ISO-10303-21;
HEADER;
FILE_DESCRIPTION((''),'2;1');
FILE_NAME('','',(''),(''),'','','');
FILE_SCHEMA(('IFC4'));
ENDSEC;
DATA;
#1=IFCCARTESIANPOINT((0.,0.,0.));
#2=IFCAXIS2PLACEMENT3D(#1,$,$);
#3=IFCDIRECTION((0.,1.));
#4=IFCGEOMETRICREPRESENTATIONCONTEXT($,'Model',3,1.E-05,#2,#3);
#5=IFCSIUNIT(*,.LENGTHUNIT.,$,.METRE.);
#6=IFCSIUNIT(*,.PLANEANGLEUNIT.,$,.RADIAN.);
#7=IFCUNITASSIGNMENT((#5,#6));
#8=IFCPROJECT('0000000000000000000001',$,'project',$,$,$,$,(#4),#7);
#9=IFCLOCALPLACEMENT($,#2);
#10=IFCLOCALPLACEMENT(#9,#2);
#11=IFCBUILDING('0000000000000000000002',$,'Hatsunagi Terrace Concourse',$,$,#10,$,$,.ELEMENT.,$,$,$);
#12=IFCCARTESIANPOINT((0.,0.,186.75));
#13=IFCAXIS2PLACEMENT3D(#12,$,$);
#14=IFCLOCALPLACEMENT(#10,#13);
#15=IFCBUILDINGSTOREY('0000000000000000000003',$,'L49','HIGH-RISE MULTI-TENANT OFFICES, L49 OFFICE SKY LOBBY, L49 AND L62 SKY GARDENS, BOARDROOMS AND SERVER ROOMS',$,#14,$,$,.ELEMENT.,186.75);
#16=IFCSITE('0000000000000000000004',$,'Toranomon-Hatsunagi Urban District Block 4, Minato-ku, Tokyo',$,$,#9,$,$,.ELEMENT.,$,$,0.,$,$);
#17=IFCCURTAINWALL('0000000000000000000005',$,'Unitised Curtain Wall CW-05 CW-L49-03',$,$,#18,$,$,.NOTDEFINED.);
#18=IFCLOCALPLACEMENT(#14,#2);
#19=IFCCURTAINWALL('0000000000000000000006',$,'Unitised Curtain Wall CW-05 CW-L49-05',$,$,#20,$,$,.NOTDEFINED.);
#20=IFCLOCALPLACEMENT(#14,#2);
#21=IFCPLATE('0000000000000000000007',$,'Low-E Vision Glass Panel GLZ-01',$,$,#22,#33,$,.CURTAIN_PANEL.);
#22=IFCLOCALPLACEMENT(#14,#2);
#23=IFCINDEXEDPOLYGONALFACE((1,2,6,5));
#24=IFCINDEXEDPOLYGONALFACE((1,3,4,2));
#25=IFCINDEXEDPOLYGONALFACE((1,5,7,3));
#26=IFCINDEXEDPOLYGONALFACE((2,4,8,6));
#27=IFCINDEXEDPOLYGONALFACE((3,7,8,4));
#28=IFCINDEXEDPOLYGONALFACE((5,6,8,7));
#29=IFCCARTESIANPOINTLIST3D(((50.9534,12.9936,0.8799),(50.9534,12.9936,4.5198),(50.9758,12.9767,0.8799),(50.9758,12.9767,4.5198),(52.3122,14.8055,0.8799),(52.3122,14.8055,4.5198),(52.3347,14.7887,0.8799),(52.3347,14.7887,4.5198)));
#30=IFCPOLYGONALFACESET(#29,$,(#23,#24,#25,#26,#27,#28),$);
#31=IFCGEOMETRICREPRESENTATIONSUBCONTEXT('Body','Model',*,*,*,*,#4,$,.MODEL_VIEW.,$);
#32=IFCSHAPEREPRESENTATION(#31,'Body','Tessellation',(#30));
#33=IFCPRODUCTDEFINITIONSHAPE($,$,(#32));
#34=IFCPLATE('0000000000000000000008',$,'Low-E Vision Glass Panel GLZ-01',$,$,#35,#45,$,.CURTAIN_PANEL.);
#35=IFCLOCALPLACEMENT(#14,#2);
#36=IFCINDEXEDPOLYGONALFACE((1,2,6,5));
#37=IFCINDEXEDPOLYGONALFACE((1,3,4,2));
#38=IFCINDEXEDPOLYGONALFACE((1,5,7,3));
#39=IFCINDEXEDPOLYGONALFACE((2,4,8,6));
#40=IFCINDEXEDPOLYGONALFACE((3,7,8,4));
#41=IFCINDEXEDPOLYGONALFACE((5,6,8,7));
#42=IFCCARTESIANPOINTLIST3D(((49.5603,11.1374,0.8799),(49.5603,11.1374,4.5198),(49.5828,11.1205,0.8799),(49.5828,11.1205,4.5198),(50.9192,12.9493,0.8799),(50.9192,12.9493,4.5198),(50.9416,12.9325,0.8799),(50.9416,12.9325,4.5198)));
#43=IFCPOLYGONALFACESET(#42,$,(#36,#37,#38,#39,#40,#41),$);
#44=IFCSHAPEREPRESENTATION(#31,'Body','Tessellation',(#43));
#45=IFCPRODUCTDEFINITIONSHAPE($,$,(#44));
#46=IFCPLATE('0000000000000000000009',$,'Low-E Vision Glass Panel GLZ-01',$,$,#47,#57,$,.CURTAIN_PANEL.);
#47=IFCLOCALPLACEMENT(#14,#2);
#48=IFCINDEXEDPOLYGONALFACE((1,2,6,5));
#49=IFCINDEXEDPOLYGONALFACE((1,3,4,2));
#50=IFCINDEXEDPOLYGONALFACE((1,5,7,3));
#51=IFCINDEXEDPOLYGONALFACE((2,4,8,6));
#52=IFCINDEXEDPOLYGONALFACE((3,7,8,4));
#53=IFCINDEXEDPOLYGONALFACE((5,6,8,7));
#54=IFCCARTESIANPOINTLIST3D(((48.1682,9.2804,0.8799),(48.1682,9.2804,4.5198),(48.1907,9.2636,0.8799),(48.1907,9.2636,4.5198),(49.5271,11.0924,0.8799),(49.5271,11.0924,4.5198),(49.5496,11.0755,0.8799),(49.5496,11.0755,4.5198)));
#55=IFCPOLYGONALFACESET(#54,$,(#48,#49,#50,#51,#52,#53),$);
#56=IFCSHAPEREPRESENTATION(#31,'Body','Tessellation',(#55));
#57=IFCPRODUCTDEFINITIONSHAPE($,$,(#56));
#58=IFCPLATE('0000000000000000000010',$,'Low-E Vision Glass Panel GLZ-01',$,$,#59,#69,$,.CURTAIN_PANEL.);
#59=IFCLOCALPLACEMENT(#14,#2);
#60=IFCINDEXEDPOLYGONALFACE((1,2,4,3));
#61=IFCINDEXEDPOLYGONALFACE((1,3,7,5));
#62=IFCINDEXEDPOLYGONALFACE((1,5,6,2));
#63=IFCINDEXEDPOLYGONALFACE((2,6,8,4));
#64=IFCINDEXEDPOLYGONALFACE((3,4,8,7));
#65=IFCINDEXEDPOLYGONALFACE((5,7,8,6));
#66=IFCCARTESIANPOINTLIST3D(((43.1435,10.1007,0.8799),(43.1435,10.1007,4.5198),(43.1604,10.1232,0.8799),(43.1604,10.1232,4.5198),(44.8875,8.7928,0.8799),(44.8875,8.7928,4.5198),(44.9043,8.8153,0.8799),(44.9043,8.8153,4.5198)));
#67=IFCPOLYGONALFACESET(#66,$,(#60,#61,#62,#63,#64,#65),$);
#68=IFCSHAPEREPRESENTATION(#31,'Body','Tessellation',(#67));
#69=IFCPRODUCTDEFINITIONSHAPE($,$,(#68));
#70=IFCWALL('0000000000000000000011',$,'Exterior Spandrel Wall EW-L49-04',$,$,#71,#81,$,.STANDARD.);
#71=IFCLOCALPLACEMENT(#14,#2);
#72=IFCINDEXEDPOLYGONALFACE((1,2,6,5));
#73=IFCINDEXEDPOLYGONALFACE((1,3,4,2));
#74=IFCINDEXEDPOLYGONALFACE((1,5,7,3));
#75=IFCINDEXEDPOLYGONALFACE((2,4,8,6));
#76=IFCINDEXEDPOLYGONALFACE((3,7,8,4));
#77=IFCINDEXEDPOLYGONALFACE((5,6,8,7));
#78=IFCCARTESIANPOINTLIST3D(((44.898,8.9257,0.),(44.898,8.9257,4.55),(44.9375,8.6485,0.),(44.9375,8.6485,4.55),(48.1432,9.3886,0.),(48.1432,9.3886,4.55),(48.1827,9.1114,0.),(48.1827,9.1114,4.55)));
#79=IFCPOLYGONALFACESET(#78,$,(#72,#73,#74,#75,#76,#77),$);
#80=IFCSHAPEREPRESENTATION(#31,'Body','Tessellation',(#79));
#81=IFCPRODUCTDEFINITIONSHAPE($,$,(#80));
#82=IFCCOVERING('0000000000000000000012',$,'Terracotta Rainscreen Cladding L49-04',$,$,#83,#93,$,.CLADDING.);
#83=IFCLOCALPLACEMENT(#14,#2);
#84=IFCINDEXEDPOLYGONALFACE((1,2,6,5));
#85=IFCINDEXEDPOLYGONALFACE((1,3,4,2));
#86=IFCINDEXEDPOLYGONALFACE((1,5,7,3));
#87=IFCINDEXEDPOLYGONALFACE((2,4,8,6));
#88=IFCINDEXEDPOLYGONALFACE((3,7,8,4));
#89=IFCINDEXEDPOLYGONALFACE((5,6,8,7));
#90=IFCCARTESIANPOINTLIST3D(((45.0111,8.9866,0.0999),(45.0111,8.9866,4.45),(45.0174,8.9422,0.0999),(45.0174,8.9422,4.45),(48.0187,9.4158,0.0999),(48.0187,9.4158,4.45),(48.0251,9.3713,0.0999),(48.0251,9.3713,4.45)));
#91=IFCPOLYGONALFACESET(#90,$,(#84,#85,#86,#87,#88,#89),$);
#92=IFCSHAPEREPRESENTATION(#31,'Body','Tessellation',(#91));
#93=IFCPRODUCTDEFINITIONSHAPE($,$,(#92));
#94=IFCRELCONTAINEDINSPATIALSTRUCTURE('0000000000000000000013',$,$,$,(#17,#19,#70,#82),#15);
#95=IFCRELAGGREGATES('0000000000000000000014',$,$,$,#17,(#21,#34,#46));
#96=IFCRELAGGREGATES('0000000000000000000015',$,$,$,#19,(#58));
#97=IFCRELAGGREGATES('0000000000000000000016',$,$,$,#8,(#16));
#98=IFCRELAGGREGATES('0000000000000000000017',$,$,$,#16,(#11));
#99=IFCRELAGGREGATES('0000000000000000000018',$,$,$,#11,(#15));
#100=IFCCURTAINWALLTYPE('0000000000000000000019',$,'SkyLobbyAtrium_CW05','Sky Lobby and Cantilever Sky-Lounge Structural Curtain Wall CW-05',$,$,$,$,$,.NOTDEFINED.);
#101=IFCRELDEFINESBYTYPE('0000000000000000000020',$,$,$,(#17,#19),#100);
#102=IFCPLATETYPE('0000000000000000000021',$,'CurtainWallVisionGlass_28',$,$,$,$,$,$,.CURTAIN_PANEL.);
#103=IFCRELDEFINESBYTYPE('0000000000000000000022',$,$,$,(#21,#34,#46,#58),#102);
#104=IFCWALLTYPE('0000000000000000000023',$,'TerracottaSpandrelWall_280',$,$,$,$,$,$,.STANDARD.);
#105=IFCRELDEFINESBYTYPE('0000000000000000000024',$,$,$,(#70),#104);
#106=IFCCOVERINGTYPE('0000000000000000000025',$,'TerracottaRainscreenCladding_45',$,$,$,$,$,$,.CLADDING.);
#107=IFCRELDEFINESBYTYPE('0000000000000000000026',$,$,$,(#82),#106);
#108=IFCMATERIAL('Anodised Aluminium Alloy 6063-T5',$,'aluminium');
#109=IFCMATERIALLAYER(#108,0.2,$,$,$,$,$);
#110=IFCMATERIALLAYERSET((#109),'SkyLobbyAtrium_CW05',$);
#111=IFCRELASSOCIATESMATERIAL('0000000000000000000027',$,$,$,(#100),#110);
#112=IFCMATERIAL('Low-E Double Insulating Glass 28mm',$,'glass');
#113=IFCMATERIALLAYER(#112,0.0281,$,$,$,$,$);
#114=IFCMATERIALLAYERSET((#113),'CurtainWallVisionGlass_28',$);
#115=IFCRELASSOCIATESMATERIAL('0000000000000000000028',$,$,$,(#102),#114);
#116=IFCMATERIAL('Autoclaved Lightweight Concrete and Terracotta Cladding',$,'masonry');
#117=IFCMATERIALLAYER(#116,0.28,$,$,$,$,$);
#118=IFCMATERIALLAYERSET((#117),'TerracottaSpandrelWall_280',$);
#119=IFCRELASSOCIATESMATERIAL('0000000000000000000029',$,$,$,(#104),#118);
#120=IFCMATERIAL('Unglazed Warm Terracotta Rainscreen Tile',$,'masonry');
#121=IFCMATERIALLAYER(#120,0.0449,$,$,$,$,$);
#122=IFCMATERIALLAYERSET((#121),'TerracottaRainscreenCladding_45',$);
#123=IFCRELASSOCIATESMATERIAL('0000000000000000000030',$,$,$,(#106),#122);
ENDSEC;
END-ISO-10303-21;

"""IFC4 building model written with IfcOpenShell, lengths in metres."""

from ifc_helpers import new_model, si_unit, direction, frame, frame_2d, origin, origin_2d, place, context, subcontext, project, spatial, rectangle, extrude, material, layer, layer_set, type_object, element, aggregate, save


model = new_model("IFC4")

# Units and contexts
model_context = context("Model", 3, precision=1e-05, world=origin(), true_north=direction((0.0, 1.0)))
body_context = subcontext(model_context, "Body", "Model", "MODEL_VIEW")
ifc_project = project(units=[si_unit("LENGTHUNIT", "METRE"), si_unit("PLANEANGLEUNIT", "RADIAN")], contexts=[model_context])

# Site, building, storey
site_placement = place(None, origin())
site = spatial("IfcSite", under=ifc_project, at=site_placement, Name="Toranomon-Hatsunagi Urban District Block 4, Minato-ku, Tokyo", CompositionType="ELEMENT", RefElevation=0.0)
building_placement = place(site_placement, origin())
building = spatial("IfcBuilding", under=site, at=building_placement, Name="Hatsunagi Terrace Concourse", CompositionType="ELEMENT")
storey_placement = place(building_placement, frame((0.0, 0.0, 186.75)))
storey = spatial("IfcBuildingStorey", under=building, at=storey_placement, Name="L49", Description="HIGH-RISE MULTI-TENANT OFFICES, L49 OFFICE SKY LOBBY, L49 AND L62 SKY GARDENS, BOARDROOMS AND SERVER ROOMS", CompositionType="ELEMENT", Elevation=186.75)

# Curtain walls
ifc_material_1 = material(Name="Anodised Aluminium Alloy 6063-T5", Category="aluminium")
ifc_layer_1 = layer(ifc_material_1, 0.2)
ifc_layer_set_1 = layer_set([ifc_layer_1], Name="SkyLobbyAtrium_CW05")
curtain_wall_type = type_object("IfcCurtainWallType", Name="SkyLobbyAtrium_CW05", Description="Sky Lobby and Cantilever Sky-Lounge Structural Curtain Wall CW-05", PredefinedType="NOTDEFINED", material=ifc_layer_set_1)
curtain_wall_1_placement = place(storey_placement, origin())
curtain_wall_1 = element("IfcCurtainWall", 1, at=curtain_wall_1_placement, inside=storey, type_object=curtain_wall_type, Name="Unitised Curtain Wall CW-05 CW-L49-03", PredefinedType="NOTDEFINED")
curtain_wall_2_placement = place(storey_placement, origin())
curtain_wall_2 = element("IfcCurtainWall", 2, at=curtain_wall_2_placement, inside=storey, type_object=curtain_wall_type, Name="Unitised Curtain Wall CW-05 CW-L49-05", PredefinedType="NOTDEFINED")

# Plates
ifc_material_2 = material(Name="Low-E Double Insulating Glass 28mm", Category="glass")
ifc_layer_2 = layer(ifc_material_2, 0.0281)
ifc_layer_set_2 = layer_set([ifc_layer_2], Name="CurtainWallVisionGlass_28")
plate_type_1 = type_object("IfcPlateType", Name="CurtainWallVisionGlass_28", PredefinedType="CURTAIN_PANEL", material=ifc_layer_set_2)
plate_1_placement = place(storey_placement, frame((51.644, 13.8911, 0.8799), z_axis=(0.0, 0.0, 1.0), x_axis=(-0.599969, -0.800023, 0.0)))
plate_1 = element("IfcPlate", 3, at=plate_1_placement, type_object=plate_type_1, Name="Low-E Vision Glass Panel GLZ-01", PredefinedType="CURTAIN_PANEL", context=body_context, shape_type="SweptSolid", body=[
    extrude(rectangle(XDim=2.2649, YDim=0.0281, at=origin_2d()), origin(), (0.0, 0.0, 1.0), 3.6399),
])
plate_2_placement = place(storey_placement, frame((50.251, 12.0349, 0.8799), z_axis=(0.0, 0.0, 1.0), x_axis=(-0.599969, -0.800023, 0.0)))
plate_2 = element("IfcPlate", 4, at=plate_2_placement, type_object=plate_type_1, Name="Low-E Vision Glass Panel GLZ-01", PredefinedType="CURTAIN_PANEL", context=body_context, shape_type="SweptSolid", body=[
    extrude(rectangle(XDim=2.2649, YDim=0.0281, at=origin_2d()), origin(), (0.0, 0.0, 1.0), 3.6399),
])
plate_3_placement = place(storey_placement, frame((48.8589, 10.178, 0.8799), z_axis=(0.0, 0.0, 1.0), x_axis=(-0.599969, -0.800023, 0.0)))
plate_3 = element("IfcPlate", 5, at=plate_3_placement, type_object=plate_type_1, Name="Low-E Vision Glass Panel GLZ-01", PredefinedType="CURTAIN_PANEL", context=body_context, shape_type="SweptSolid", body=[
    extrude(rectangle(XDim=2.2649, YDim=0.0281, at=origin_2d()), origin(), (0.0, 0.0, 1.0), 3.6399),
])
aggregate(curtain_wall_1, [plate_1, plate_2, plate_3])
plate_4_placement = place(storey_placement, frame((44.0239, 9.458, 0.8799), z_axis=(0.0, 0.0, 1.0), x_axis=(-0.800005, 0.599993, 0.0)))
plate_4 = element("IfcPlate", 6, at=plate_4_placement, type_object=plate_type_1, Name="Low-E Vision Glass Panel GLZ-01", PredefinedType="CURTAIN_PANEL", context=body_context, shape_type="SweptSolid", body=[
    extrude(rectangle(XDim=2.1799, YDim=0.0281, at=origin_2d()), origin(), (0.0, 0.0, 1.0), 3.6399),
])
aggregate(curtain_wall_2, [plate_4])

# Wall
ifc_material_3 = material(Name="Autoclaved Lightweight Concrete and Terracotta Cladding", Category="masonry")
ifc_layer_3 = layer(ifc_material_3, 0.28)
ifc_layer_set_3 = layer_set([ifc_layer_3], Name="TerracottaSpandrelWall_280")
wall_type = type_object("IfcWallType", Name="TerracottaSpandrelWall_280", PredefinedType="STANDARD", material=ifc_layer_set_3)
wall_placement = place(storey_placement, frame((48.1631, 9.25, 0.0), z_axis=(0.0, 0.0, 1.0), x_axis=(-0.989979, -0.141213, 0.0)))
element("IfcWall", 7, at=wall_placement, inside=storey, type_object=wall_type, Name="Exterior Spandrel Wall EW-L49-04", PredefinedType="STANDARD", context=body_context, shape_type="SweptSolid", body=[
    extrude(rectangle(XDim=3.2781, YDim=0.28, at=frame_2d((1.6392, 0.0))), origin(), (0.0, 0.0, 1.0), 4.55),
])

# Covering
ifc_material_4 = material(Name="Unglazed Warm Terracotta Rainscreen Tile", Category="masonry")
ifc_layer_4 = layer(ifc_material_4, 0.0449)
ifc_layer_set_4 = layer_set([ifc_layer_4], Name="TerracottaRainscreenCladding_45")
covering_type = type_object("IfcCoveringType", Name="TerracottaRainscreenCladding_45", PredefinedType="CLADDING", material=ifc_layer_set_4)
covering_placement = place(storey_placement, frame((46.5181, 9.179, 0.0999), z_axis=(0.0, 0.0, 1.0), x_axis=(-0.989974, -0.14125, 0.0)))
element("IfcCovering", 8, at=covering_placement, inside=storey, type_object=covering_type, Name="Terracotta Rainscreen Cladding L49-04", PredefinedType="CLADDING", context=body_context, shape_type="SweptSolid", body=[
    extrude(rectangle(XDim=3.0381, YDim=0.0449, at=origin_2d()), origin(), (0.0, 0.0, 1.0), 4.3501),
])

save(model, "model.ifc")
